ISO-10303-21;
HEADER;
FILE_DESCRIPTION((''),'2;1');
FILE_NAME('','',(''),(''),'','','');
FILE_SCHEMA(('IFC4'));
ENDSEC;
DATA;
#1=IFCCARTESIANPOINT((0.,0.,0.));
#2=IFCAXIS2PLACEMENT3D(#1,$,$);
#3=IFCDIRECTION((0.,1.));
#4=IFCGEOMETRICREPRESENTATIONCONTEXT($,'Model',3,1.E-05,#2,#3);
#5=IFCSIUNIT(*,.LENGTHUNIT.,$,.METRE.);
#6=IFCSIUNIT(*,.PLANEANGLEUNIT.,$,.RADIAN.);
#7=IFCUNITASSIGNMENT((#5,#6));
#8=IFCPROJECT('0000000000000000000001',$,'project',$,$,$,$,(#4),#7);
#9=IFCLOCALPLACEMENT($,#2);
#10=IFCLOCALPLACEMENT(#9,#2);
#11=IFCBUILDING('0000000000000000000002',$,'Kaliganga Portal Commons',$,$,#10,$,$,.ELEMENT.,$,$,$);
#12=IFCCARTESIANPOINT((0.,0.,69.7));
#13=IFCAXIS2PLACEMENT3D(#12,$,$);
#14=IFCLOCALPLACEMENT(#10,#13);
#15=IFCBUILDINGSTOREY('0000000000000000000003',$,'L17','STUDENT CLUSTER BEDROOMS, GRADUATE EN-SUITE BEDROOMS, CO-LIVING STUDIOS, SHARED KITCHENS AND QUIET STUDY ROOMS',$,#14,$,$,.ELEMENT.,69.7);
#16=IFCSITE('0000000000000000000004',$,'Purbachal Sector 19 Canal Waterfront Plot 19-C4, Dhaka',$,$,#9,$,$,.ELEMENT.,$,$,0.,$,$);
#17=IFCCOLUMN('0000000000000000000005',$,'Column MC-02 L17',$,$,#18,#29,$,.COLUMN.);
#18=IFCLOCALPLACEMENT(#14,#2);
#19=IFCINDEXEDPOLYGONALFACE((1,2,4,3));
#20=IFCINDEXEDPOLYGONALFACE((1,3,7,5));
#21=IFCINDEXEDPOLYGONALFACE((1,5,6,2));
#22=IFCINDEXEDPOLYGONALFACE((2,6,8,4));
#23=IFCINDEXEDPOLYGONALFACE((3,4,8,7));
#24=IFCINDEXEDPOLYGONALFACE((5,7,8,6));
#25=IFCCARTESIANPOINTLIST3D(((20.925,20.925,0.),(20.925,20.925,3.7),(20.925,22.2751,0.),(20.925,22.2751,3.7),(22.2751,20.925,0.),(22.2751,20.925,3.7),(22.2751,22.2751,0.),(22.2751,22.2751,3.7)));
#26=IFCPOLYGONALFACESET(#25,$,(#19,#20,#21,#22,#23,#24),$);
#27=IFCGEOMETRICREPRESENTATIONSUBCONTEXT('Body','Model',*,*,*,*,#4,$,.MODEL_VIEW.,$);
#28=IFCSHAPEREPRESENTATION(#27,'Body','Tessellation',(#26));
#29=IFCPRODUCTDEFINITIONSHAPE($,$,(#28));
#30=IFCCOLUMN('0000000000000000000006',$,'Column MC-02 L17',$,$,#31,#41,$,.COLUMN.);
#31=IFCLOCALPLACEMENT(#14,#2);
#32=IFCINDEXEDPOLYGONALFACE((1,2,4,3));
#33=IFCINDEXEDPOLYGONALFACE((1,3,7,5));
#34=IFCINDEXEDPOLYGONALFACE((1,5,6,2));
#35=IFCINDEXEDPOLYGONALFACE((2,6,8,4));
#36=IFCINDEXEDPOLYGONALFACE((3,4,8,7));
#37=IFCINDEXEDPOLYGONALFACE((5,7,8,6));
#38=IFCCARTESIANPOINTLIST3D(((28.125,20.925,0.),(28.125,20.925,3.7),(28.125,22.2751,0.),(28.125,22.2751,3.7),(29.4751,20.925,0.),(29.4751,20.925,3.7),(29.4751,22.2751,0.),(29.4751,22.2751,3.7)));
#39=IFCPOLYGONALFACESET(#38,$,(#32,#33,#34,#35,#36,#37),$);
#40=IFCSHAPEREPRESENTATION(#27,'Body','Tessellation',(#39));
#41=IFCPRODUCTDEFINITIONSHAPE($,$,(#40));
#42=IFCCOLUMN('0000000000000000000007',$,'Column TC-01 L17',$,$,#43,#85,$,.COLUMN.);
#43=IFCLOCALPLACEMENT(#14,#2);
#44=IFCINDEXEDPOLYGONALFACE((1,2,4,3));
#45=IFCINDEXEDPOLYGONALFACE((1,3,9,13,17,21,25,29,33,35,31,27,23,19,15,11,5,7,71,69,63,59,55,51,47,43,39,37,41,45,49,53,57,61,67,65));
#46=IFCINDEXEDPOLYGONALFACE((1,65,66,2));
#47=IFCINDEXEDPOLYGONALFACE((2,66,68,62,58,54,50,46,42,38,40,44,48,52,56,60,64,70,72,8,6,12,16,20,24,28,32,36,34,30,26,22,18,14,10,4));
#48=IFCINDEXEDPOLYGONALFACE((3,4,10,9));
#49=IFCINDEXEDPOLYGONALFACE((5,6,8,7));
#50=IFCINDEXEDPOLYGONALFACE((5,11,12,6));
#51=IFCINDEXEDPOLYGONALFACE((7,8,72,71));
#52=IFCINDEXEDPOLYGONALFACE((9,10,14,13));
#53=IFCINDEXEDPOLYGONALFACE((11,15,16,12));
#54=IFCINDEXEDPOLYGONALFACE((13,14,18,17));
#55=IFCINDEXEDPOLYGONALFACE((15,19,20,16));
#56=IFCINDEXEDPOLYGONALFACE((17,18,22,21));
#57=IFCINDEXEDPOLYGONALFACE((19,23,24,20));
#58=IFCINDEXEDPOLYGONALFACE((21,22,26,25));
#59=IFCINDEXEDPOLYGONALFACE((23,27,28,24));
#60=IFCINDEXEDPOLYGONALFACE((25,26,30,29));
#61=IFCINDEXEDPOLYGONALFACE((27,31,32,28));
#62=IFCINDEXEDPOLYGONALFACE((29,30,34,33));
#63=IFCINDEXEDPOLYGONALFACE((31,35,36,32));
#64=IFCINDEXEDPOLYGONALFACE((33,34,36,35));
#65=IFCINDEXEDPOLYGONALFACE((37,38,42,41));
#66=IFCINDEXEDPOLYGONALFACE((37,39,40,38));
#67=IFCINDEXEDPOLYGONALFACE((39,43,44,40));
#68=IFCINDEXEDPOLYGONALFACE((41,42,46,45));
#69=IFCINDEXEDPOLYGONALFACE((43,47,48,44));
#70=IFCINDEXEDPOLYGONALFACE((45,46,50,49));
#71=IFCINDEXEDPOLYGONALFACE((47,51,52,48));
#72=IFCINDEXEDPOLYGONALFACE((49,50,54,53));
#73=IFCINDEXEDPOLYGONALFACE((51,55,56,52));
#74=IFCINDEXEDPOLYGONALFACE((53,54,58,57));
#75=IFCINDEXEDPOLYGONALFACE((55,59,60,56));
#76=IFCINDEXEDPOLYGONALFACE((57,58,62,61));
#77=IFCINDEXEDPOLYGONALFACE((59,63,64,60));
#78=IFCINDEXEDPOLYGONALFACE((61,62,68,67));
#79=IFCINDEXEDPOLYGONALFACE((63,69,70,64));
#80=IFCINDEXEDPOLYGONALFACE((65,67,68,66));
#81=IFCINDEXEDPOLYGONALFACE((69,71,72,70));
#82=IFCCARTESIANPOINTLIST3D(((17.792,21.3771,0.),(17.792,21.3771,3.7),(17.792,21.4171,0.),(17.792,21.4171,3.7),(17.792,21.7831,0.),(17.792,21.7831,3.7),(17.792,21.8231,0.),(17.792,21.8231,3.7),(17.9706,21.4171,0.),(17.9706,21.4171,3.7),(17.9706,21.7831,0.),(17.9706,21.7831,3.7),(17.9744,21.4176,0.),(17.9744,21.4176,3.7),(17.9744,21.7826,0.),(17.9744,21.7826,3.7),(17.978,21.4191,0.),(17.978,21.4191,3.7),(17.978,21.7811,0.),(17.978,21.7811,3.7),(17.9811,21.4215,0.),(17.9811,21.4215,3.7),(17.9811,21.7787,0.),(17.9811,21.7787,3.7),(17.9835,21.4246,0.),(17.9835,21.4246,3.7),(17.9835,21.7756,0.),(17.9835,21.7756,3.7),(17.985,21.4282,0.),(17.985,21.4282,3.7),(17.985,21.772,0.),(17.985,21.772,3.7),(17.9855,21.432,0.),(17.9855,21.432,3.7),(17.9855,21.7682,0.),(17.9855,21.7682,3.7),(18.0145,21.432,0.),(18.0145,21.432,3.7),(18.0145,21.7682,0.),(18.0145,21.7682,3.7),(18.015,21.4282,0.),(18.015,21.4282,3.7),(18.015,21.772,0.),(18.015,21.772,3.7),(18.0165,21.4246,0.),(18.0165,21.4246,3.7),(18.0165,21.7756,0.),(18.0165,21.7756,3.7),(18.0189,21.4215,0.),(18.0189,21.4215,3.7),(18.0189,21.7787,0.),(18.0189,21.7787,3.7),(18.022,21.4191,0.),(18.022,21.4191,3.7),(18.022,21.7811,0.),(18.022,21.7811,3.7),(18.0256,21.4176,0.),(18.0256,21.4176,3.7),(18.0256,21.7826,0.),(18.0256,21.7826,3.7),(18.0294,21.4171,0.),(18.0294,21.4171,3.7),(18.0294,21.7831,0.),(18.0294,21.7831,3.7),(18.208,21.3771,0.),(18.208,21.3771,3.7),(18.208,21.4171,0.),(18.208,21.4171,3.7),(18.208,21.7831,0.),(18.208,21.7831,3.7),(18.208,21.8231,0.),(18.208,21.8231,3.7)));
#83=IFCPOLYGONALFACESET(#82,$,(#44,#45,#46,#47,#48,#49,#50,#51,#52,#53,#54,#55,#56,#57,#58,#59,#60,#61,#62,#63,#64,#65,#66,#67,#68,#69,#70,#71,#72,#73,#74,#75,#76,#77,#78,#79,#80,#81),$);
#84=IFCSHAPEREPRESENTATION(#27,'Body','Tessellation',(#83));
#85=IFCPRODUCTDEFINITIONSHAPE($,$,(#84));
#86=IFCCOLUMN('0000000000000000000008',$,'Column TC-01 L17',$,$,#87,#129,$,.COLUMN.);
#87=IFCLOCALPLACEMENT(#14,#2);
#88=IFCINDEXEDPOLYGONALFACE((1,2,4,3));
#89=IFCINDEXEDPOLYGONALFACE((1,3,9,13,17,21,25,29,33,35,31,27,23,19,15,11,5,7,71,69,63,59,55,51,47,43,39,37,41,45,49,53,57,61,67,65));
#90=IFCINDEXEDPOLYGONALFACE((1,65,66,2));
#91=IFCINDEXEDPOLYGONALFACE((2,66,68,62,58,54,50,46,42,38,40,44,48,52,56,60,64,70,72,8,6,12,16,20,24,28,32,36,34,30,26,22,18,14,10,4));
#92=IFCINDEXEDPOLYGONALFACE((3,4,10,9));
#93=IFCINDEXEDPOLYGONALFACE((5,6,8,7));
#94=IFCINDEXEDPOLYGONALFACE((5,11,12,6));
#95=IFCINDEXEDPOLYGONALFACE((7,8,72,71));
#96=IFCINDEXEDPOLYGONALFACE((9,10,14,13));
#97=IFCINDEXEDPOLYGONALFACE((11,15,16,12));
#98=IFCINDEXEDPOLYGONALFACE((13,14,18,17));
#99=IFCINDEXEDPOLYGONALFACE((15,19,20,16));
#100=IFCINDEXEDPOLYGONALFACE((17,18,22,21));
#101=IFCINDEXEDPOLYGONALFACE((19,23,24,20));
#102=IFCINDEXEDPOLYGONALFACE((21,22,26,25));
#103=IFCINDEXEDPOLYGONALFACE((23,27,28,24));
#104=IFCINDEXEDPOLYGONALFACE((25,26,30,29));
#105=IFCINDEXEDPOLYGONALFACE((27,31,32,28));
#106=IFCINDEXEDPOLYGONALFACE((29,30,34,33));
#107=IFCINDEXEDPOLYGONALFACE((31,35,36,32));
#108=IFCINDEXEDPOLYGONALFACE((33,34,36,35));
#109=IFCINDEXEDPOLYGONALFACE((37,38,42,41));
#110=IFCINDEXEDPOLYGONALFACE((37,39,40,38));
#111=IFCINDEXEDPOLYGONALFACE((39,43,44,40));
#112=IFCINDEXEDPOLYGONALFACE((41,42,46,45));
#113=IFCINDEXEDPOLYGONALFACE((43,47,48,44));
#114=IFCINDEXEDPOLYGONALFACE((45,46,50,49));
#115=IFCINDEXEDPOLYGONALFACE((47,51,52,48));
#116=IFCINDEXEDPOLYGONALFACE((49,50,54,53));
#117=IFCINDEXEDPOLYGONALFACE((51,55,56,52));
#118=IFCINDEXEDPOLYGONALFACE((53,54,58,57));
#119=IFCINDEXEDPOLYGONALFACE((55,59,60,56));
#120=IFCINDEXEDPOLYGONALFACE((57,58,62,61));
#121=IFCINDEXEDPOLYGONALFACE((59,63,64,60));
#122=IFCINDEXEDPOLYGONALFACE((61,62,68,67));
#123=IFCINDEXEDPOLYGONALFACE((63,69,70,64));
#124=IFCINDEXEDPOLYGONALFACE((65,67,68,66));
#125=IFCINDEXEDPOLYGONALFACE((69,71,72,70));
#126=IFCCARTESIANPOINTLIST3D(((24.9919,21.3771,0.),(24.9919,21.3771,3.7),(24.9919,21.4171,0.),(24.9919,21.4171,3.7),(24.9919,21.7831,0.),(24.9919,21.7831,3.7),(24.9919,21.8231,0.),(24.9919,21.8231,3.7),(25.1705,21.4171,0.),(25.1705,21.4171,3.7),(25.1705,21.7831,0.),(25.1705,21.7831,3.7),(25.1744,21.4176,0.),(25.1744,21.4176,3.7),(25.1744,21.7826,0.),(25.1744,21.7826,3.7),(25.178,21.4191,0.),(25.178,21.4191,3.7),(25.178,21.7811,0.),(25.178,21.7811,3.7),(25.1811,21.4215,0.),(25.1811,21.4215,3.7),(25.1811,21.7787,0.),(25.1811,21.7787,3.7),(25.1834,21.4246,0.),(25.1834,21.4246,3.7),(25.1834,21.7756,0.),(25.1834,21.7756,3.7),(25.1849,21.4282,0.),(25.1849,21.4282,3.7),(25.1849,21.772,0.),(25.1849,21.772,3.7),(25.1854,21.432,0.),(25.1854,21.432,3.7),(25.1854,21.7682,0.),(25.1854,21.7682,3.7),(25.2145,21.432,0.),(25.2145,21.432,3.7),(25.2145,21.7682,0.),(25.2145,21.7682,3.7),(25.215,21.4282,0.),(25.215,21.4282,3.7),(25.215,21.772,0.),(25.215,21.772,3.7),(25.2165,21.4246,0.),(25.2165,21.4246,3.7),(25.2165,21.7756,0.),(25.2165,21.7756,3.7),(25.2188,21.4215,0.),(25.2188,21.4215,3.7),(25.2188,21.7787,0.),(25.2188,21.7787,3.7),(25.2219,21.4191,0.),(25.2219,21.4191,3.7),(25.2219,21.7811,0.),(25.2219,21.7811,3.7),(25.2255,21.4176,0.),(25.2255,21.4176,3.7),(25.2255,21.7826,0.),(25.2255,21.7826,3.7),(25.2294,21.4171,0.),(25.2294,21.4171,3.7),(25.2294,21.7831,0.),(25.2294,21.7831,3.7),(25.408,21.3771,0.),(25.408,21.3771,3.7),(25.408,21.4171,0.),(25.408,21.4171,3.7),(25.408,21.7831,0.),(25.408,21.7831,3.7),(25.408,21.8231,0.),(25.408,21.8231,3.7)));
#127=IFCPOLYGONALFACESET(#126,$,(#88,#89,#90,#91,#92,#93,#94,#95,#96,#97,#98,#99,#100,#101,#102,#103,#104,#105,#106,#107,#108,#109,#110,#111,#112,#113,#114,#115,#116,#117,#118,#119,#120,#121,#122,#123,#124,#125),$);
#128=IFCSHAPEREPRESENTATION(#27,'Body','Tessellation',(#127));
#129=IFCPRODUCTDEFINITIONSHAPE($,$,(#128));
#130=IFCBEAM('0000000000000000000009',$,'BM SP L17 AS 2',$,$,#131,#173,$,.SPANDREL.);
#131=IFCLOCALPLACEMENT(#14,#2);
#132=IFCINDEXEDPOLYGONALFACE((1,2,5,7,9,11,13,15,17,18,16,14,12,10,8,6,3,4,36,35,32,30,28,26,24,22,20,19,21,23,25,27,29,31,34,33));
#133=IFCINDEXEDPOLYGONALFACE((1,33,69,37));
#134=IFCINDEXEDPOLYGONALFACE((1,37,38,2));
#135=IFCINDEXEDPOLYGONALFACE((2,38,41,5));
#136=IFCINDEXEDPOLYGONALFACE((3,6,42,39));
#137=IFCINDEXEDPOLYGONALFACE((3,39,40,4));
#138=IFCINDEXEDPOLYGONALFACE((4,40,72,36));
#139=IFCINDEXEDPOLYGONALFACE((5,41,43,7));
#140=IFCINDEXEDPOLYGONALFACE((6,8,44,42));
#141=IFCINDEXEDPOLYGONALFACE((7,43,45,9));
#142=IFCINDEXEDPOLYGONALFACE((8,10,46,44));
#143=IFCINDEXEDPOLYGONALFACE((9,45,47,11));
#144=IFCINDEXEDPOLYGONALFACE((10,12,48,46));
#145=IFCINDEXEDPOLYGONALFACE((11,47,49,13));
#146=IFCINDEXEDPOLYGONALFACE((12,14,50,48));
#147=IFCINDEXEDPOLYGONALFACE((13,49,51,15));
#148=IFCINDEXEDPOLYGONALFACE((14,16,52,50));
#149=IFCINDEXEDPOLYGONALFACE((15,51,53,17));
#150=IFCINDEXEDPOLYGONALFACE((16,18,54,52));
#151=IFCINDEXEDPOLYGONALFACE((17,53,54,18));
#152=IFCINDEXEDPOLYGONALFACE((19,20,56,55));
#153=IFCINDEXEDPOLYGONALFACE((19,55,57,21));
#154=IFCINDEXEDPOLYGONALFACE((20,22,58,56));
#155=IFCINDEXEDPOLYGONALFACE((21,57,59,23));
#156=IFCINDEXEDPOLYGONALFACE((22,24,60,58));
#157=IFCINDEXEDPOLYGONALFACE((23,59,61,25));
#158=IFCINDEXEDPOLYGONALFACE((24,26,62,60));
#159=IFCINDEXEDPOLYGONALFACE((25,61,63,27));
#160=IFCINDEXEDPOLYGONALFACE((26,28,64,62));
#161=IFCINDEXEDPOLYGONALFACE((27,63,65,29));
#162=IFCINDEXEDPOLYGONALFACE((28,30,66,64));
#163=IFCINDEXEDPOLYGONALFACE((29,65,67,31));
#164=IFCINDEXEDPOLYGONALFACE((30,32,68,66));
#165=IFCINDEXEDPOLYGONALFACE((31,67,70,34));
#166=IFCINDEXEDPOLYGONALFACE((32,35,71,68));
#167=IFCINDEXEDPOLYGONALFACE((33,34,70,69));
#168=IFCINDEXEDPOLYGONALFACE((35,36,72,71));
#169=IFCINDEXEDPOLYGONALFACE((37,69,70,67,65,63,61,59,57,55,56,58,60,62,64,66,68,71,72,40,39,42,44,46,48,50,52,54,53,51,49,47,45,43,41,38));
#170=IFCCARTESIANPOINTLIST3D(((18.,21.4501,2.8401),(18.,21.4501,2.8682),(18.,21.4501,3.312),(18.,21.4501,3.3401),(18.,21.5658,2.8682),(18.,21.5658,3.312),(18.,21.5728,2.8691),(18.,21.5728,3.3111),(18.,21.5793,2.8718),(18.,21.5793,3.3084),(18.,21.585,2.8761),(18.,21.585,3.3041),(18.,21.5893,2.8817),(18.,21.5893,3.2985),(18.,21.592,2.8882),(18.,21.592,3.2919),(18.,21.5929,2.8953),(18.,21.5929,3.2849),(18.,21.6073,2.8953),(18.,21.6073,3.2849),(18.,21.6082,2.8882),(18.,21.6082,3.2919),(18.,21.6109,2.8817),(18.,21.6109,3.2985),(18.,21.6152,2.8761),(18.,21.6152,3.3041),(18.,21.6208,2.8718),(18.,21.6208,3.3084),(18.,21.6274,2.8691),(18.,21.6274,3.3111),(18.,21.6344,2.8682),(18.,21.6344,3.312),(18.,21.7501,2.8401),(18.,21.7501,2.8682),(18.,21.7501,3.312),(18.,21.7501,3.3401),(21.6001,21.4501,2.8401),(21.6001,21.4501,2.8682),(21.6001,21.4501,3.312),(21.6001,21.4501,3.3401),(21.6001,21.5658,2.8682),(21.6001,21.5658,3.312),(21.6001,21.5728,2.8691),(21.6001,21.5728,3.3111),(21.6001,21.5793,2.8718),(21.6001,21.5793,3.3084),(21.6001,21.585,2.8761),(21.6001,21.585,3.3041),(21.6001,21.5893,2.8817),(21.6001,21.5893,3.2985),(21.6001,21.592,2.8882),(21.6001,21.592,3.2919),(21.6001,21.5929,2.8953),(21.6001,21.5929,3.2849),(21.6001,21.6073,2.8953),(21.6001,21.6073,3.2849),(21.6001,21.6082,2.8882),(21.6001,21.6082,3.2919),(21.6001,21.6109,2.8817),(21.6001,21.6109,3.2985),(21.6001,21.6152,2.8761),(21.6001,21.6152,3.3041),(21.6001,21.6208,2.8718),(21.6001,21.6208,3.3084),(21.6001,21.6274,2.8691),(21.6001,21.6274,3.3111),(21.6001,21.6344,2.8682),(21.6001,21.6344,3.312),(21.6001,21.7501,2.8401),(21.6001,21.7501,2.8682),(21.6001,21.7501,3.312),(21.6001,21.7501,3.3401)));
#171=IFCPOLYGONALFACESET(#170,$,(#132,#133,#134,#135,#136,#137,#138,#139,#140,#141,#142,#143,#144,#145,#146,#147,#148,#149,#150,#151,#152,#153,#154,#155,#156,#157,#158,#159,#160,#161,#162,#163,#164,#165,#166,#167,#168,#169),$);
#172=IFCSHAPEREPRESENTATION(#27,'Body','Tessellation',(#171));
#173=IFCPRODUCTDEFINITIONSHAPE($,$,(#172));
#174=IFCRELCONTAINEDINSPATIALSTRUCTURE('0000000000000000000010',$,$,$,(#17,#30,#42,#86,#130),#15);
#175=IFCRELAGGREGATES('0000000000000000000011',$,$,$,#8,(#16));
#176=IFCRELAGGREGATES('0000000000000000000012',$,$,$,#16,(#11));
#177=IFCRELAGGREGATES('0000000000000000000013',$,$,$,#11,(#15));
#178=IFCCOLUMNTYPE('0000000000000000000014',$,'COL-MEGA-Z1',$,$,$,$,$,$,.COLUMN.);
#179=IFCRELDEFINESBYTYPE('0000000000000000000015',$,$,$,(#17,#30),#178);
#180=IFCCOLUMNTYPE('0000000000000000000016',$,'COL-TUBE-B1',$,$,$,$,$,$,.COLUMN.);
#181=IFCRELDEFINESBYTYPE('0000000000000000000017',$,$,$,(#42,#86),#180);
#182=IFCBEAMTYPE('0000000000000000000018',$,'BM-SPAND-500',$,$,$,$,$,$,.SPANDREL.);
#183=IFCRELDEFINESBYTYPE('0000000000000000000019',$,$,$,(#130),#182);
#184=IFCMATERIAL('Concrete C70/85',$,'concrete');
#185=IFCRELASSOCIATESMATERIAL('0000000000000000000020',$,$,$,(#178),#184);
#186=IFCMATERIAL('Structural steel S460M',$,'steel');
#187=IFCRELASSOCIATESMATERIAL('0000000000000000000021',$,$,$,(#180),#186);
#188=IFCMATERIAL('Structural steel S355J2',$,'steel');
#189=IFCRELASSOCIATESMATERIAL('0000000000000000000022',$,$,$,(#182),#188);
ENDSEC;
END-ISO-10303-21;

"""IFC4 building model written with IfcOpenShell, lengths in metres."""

from ifc_helpers import new_model, si_unit, direction, frame, origin, origin_2d, place, context, subcontext, project, spatial, rectangle, i_section, extrude, source, transform, mapped, material, material_profile, profile_set, type_object, element, save


model = new_model("IFC4")

# Units and contexts
model_context = context("Model", 3, precision=1e-05, world=origin(), true_north=direction((0.0, 1.0)))
body_context = subcontext(model_context, "Body", "Model", "MODEL_VIEW")
ifc_project = project(units=[si_unit("LENGTHUNIT", "METRE"), si_unit("PLANEANGLEUNIT", "RADIAN")], contexts=[model_context])

# Site, building, storey
site_placement = place(None, origin())
site = spatial("IfcSite", under=ifc_project, at=site_placement, Name="Purbachal Sector 19 Canal Waterfront Plot 19-C4, Dhaka", CompositionType="ELEMENT", RefElevation=0.0)
building_placement = place(site_placement, origin())
building = spatial("IfcBuilding", under=site, at=building_placement, Name="Kaliganga Portal Commons", CompositionType="ELEMENT")
storey_placement = place(building_placement, frame((0.0, 0.0, 69.7)))
storey = spatial("IfcBuildingStorey", under=building, at=storey_placement, Name="L17", Description="STUDENT CLUSTER BEDROOMS, GRADUATE EN-SUITE BEDROOMS, CO-LIVING STUDIOS, SHARED KITCHENS AND QUIET STUDY ROOMS", CompositionType="ELEMENT", Elevation=69.7)

# Columns
ifc_material_1 = material(Name="Concrete C70/85", Category="concrete")
ifc_material_profile_1 = material_profile(ifc_material_1, rectangle(XDim=1.3501, YDim=1.3501, at=origin_2d()), Name="RC 1350x1350")
ifc_profile_set_1 = profile_set([ifc_material_profile_1], Name="Concrete C70/85")
column_type_1 = type_object("IfcColumnType", Name="COL-MEGA-Z1", PredefinedType="COLUMN", material=ifc_profile_set_1)
shared_shape_1 = source(origin(), body_context, "Body", "SweptSolid", [
    extrude(rectangle(XDim=1.3501, YDim=1.3501, at=origin_2d()), origin(), (0.0, 0.0, 1.0), 3.7),
])
for number, where, z_axis, x_axis, name in (
    (1, (21.6001, 21.6001, 0.0), (0.0, 0.0, 1.0), (1.0, 0.0, 0.0), "Column MC-02 L17"),
    (2, (28.8, 21.6001, 0.0), (0.0, 0.0, 1.0), (1.0, 0.0, 0.0), "Column MC-02 L17"),
):
    element("IfcColumn", number, at=place(storey_placement, frame(where, z_axis=z_axis, x_axis=x_axis)), inside=storey, type_object=column_type_1, Name=name, PredefinedType="COLUMN", context=body_context, shape_type="MappedRepresentation", body=[
        mapped(shared_shape_1, transform((0.0, 0.0, 0.0), x_axis=(1.0, 0.0, 0.0), y_axis=(0.0, 1.0, 0.0), z_axis=(0.0, 0.0, 1.0), scale=1.0)),
    ])
ifc_material_2 = material(Name="Structural steel S460M", Category="steel")
ifc_material_profile_2 = material_profile(ifc_material_2, i_section(OverallWidth=0.416, OverallDepth=0.446, WebThickness=0.0291, FlangeThickness=0.04, FilletRadius=0.0149, at=origin_2d()), Name="HD 400x509")
ifc_profile_set_2 = profile_set([ifc_material_profile_2], Name="Structural steel S460M wide-flange")
column_type_2 = type_object("IfcColumnType", Name="COL-TUBE-B1", PredefinedType="COLUMN", material=ifc_profile_set_2)
shared_shape_2 = source(origin(), body_context, "Body", "SweptSolid", [
    extrude(i_section(OverallWidth=0.416, OverallDepth=0.446, WebThickness=0.0291, FlangeThickness=0.04, FilletRadius=0.0149, at=origin_2d()), origin(), (0.0, 0.0, 1.0), 3.7),
])
for number, where, z_axis, x_axis, name in (
    (3, (18.0, 21.6001, 0.0), (0.0, 0.0, 1.0), (1.0, 0.0, 0.0), "Column TC-01 L17"),
    (4, (25.2, 21.6001, 0.0), (0.0, 0.0, 1.0), (1.0, 0.0, 0.0), "Column TC-01 L17"),
):
    element("IfcColumn", number, at=place(storey_placement, frame(where, z_axis=z_axis, x_axis=x_axis)), inside=storey, type_object=column_type_2, Name=name, PredefinedType="COLUMN", context=body_context, shape_type="MappedRepresentation", body=[
        mapped(shared_shape_2, transform((0.0, 0.0, 0.0), x_axis=(1.0, 0.0, 0.0), y_axis=(0.0, 1.0, 0.0), z_axis=(0.0, 0.0, 1.0), scale=1.0)),
    ])

# Beam
ifc_material_3 = material(Name="Structural steel S355J2", Category="steel")
ifc_material_profile_3 = material_profile(ifc_material_3, i_section(OverallWidth=0.3, OverallDepth=0.5, WebThickness=0.0144, FlangeThickness=0.0281, FilletRadius=0.0271, at=origin_2d()), Name="HE 500 B")
ifc_profile_set_3 = profile_set([ifc_material_profile_3], Name="Structural steel S355J2 wide-flange")
beam_type_1 = type_object("IfcBeamType", Name="BM-SPAND-500", PredefinedType="SPANDREL", material=ifc_profile_set_3)
shared_shape_3 = source(origin(), body_context, "Body", "SweptSolid", [
    extrude(i_section(OverallWidth=0.3, OverallDepth=0.5, WebThickness=0.0144, FlangeThickness=0.0281, FilletRadius=0.0271, at=origin_2d()), origin(), (0.0, 0.0, 1.0), 3.6001),
])
for number, where, z_axis, x_axis, name in (
    (5, (18.0, 21.6001, 3.0901), (1.0, 0.0, 0.0), (0.0, 1.0, 0.0), "BM SP L17 AS 2"),
):
    element("IfcBeam", number, at=place(storey_placement, frame(where, z_axis=z_axis, x_axis=x_axis)), inside=storey, type_object=beam_type_1, Name=name, PredefinedType="SPANDREL", context=body_context, shape_type="MappedRepresentation", body=[
        mapped(shared_shape_3, transform((0.0, 0.0, 0.0), x_axis=(1.0, 0.0, 0.0), y_axis=(0.0, 1.0, 0.0), z_axis=(0.0, 0.0, 1.0), scale=1.0)),
    ])

save(model, "model.ifc")
